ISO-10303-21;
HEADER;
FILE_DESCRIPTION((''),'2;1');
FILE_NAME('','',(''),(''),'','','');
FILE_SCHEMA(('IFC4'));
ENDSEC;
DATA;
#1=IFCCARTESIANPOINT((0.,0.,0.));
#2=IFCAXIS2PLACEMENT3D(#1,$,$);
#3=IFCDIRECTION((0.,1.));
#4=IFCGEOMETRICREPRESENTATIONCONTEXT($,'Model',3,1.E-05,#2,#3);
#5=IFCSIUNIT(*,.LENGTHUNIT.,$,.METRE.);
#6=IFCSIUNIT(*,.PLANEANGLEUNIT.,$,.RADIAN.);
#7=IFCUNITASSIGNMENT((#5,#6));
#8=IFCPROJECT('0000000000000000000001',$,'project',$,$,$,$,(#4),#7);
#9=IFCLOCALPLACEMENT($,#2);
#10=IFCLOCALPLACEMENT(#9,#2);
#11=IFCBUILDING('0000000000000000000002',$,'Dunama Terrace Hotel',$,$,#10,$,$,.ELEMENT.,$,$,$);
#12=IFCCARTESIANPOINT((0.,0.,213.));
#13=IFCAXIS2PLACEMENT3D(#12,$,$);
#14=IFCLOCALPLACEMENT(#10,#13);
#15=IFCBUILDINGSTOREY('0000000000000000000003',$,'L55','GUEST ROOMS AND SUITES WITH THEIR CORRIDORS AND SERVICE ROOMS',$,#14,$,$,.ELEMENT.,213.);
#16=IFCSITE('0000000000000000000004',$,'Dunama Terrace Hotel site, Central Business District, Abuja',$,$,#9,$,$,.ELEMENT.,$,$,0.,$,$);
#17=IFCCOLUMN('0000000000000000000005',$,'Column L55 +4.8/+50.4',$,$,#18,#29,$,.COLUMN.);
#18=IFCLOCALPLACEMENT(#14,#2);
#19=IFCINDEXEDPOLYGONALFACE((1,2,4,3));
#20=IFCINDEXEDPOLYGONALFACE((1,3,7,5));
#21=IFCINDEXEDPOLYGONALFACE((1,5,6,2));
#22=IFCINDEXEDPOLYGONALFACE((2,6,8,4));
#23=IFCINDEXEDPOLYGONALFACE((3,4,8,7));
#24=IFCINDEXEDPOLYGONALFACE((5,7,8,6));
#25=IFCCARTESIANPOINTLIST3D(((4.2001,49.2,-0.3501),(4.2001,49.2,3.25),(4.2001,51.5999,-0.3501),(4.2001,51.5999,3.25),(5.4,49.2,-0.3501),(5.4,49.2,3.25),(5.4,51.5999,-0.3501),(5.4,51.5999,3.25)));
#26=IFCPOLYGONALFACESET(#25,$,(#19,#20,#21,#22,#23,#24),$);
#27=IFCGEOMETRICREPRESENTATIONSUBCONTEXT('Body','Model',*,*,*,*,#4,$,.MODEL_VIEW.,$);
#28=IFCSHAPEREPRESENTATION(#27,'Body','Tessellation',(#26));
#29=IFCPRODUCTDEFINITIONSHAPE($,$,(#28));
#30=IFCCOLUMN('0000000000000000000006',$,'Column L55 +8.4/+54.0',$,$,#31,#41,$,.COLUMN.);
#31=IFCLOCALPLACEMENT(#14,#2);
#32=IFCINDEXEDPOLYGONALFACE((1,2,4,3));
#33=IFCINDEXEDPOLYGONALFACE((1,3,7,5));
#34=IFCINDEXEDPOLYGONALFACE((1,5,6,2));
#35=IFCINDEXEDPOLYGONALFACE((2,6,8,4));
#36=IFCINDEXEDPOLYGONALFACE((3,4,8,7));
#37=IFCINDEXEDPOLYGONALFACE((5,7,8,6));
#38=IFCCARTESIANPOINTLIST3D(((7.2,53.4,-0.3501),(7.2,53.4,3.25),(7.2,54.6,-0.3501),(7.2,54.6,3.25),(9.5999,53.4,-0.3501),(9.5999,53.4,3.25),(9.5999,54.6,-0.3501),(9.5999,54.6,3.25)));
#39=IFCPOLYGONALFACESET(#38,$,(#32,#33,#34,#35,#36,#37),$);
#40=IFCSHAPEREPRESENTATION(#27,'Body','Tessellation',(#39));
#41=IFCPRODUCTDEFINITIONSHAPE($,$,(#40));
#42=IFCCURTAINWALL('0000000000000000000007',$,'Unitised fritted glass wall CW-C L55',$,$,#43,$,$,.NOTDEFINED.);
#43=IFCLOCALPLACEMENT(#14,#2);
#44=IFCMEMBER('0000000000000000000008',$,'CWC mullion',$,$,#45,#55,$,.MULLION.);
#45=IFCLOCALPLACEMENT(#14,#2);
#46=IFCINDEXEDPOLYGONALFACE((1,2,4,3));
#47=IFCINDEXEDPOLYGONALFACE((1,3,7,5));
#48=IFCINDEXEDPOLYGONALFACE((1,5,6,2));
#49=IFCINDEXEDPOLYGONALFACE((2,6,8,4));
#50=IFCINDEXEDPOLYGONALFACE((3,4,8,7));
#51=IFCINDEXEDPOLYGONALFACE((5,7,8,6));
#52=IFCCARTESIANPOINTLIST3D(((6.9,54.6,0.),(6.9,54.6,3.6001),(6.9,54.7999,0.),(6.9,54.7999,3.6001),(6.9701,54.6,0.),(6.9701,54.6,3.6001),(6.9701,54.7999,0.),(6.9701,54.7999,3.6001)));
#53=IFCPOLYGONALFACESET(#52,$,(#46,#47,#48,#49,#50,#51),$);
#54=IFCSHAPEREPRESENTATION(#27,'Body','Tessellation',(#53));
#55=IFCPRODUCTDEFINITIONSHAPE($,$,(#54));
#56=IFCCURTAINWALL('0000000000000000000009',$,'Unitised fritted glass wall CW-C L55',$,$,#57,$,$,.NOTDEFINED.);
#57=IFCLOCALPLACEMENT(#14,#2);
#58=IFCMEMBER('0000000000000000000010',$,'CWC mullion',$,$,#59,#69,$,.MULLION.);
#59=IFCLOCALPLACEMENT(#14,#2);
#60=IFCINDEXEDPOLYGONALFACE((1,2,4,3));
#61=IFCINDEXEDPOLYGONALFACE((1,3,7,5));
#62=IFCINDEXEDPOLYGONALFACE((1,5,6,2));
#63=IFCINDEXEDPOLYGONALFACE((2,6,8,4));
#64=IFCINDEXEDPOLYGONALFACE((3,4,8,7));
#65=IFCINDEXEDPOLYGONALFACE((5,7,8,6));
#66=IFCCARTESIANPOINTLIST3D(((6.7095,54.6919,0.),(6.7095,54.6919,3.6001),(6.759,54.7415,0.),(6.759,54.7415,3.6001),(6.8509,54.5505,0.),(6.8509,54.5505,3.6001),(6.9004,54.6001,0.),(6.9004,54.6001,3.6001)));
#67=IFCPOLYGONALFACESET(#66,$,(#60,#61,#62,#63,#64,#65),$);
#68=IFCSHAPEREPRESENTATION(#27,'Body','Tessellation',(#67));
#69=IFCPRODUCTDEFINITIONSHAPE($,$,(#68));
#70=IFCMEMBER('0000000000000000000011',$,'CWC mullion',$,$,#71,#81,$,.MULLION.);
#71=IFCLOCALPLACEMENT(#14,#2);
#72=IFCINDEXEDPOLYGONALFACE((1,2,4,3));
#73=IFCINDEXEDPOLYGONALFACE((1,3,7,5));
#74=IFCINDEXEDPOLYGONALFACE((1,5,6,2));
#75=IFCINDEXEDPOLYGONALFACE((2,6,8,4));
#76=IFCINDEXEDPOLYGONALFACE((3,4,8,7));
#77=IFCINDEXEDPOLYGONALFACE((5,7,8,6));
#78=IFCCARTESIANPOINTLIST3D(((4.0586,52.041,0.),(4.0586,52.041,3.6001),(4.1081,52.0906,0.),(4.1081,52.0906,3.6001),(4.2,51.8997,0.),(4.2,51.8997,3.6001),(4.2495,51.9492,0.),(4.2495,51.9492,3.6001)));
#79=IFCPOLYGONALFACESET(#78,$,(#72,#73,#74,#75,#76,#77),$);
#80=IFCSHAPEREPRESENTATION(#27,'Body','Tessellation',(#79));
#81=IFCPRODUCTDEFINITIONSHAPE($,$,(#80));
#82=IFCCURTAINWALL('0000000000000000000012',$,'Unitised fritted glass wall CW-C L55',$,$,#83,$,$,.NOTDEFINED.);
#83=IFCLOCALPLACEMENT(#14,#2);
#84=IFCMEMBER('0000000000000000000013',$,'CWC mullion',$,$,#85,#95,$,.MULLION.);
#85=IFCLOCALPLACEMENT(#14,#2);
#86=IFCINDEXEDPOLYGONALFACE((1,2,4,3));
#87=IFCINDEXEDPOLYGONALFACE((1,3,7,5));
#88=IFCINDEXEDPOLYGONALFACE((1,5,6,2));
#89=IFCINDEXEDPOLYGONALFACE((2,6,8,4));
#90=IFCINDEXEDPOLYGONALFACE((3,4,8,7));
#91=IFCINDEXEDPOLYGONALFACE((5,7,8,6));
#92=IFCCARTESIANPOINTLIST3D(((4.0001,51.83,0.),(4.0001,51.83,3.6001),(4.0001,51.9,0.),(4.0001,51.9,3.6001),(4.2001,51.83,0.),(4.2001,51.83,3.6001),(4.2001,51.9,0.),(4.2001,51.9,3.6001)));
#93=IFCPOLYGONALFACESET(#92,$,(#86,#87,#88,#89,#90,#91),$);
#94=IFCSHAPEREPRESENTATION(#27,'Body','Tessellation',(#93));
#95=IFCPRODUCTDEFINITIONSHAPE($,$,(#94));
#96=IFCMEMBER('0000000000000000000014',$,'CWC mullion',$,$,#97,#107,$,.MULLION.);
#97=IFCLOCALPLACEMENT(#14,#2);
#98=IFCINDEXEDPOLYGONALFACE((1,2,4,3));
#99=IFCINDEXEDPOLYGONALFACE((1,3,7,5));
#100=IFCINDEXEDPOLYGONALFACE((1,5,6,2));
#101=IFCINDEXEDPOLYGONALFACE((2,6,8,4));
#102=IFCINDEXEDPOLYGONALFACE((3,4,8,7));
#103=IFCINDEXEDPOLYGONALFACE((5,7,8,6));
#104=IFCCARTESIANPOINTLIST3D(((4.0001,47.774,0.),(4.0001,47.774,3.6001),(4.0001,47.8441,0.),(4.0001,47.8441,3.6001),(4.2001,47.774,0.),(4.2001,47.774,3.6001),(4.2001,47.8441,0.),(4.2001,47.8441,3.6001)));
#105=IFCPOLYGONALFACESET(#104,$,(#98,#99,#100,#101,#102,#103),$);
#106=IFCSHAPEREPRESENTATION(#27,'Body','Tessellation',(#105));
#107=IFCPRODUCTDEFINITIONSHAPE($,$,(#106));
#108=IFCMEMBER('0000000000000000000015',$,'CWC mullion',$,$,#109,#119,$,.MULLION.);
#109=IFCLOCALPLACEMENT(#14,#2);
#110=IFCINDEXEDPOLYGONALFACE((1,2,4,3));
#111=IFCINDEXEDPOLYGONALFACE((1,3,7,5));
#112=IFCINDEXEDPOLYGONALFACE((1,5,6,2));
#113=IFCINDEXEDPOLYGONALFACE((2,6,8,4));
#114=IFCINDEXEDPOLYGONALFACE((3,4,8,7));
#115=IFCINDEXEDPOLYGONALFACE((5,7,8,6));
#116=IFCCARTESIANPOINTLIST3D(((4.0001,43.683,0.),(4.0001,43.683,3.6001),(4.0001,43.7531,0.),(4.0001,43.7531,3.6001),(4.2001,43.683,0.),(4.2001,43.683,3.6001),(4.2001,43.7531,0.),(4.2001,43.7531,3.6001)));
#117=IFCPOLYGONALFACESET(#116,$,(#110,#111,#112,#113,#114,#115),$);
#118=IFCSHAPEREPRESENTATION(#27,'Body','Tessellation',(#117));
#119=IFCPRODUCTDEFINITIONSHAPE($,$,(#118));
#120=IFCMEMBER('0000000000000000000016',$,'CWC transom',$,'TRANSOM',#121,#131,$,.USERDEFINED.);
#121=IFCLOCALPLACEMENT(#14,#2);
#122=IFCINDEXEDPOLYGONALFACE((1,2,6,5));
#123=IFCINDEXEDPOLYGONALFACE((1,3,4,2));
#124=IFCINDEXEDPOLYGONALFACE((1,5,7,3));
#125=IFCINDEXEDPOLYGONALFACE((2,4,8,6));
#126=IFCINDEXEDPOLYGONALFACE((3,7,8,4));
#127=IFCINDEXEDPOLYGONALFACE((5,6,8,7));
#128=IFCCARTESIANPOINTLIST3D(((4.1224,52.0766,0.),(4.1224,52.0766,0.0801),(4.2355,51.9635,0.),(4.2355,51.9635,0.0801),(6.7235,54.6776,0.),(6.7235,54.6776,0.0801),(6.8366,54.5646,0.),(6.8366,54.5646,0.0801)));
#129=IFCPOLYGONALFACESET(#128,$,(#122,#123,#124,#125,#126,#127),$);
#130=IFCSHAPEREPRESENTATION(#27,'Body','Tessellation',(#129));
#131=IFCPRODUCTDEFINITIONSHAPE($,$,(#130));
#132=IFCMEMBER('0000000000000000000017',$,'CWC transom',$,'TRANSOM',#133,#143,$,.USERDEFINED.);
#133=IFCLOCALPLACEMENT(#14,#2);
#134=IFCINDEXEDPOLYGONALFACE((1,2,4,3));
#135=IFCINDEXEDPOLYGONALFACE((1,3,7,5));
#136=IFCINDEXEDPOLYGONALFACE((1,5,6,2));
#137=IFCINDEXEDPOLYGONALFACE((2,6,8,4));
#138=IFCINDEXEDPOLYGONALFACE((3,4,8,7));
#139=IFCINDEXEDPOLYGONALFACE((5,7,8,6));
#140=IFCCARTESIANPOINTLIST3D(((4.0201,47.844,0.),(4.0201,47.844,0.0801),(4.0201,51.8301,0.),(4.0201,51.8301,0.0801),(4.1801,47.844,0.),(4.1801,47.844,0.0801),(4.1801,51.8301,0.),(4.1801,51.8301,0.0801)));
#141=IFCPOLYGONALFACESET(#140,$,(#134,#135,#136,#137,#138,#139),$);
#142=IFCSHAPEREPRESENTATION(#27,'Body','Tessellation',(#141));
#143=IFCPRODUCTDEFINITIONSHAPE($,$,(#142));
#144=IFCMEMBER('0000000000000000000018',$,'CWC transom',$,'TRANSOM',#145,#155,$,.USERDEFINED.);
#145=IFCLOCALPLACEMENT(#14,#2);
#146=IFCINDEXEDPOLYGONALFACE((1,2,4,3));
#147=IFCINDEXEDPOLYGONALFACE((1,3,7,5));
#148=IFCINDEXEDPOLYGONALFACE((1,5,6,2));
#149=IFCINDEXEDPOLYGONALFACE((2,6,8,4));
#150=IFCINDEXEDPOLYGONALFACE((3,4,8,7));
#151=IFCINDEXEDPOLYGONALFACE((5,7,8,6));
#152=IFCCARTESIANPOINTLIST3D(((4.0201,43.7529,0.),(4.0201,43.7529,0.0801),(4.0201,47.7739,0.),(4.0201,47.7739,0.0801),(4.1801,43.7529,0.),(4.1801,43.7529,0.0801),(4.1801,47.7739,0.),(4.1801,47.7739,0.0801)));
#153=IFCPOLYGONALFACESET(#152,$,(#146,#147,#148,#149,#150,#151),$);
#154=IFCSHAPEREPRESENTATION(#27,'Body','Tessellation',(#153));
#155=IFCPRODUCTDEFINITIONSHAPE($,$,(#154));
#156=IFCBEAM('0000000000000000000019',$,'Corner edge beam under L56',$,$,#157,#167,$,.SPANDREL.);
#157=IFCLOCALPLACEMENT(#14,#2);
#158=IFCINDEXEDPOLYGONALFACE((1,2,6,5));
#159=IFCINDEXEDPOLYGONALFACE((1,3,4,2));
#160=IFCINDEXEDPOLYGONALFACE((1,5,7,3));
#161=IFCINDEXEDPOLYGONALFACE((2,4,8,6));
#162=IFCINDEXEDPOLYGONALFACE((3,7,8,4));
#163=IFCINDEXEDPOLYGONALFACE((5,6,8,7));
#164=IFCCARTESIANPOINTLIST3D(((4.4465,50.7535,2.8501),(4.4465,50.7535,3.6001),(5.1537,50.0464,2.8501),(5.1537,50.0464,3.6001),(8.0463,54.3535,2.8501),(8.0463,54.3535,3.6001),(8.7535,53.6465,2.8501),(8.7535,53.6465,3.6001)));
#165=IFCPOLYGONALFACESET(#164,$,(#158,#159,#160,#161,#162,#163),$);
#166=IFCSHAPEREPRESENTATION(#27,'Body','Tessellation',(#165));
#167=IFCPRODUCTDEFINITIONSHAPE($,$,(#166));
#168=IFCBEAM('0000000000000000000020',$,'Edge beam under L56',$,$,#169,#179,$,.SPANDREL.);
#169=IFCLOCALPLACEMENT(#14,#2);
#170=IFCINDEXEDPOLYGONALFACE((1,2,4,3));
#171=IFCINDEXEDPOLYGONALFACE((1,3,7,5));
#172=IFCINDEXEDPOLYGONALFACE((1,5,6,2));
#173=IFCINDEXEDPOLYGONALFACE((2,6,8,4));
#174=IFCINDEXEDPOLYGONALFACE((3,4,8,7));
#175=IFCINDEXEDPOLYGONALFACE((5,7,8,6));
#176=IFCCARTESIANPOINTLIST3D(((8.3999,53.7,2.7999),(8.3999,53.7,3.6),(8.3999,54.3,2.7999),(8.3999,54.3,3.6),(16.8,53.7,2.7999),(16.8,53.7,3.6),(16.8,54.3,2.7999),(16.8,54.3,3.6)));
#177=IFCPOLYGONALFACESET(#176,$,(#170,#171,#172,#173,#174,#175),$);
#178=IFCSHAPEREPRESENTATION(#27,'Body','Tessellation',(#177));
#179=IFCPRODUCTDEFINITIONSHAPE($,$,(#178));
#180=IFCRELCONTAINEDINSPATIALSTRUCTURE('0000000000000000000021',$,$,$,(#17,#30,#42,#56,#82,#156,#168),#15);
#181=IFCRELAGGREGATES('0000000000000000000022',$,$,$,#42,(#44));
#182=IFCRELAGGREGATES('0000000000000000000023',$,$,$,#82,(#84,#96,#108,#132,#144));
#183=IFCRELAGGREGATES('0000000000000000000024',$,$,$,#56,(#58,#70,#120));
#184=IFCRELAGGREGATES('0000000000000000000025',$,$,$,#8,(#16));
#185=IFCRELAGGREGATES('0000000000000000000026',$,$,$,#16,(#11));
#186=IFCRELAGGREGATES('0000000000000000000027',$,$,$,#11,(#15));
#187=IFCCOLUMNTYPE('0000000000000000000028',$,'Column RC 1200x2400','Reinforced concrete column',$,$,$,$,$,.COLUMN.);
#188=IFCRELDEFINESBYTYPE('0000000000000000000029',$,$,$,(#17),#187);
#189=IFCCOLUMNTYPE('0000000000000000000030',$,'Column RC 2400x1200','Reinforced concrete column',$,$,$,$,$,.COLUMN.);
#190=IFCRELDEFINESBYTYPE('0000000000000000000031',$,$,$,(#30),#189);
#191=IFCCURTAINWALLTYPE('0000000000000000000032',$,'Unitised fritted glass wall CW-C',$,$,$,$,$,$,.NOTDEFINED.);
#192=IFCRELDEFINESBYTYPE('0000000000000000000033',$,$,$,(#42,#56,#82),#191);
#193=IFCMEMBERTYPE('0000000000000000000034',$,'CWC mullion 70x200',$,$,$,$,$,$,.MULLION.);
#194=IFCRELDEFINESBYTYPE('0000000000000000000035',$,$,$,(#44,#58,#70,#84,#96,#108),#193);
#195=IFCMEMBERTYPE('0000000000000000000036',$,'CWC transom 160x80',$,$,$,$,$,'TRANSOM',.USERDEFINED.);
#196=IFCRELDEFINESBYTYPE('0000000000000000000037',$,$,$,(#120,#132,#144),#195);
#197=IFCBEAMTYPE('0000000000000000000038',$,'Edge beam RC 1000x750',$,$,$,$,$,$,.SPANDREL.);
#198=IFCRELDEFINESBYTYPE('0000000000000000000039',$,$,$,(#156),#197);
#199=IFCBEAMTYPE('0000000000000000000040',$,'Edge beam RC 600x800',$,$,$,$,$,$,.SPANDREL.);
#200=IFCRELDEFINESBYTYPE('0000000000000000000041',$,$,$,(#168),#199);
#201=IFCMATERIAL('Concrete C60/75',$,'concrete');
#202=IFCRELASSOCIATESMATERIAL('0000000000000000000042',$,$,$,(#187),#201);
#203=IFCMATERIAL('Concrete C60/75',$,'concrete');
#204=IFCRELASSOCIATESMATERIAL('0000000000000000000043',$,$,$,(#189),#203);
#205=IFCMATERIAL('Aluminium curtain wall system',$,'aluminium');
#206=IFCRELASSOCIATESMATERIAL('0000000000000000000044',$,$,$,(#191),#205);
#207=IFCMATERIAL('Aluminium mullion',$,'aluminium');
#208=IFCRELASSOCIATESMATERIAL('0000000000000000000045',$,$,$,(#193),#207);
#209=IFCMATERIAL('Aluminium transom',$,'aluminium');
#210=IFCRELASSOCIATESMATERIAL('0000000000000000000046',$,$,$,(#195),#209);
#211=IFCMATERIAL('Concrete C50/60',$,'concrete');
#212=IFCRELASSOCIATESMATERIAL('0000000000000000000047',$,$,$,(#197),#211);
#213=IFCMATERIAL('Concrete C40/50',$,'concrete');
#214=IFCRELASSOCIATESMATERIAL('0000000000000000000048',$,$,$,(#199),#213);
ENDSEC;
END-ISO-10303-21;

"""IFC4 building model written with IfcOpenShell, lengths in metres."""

from ifc_helpers import new_model, si_unit, direction, frame, origin, origin_2d, place, context, subcontext, project, spatial, rectangle, extrude, material, material_profile, profile_set, type_object, element, aggregate, save


model = new_model("IFC4")

# Units and contexts
model_context = context("Model", 3, precision=1e-05, world=origin(), true_north=direction((0.0, 1.0)))
body_context = subcontext(model_context, "Body", "Model", "MODEL_VIEW")
ifc_project = project(units=[si_unit("LENGTHUNIT", "METRE"), si_unit("PLANEANGLEUNIT", "RADIAN")], contexts=[model_context])

# Site, building, storey
site_placement = place(None, origin())
site = spatial("IfcSite", under=ifc_project, at=site_placement, Name="Dunama Terrace Hotel site, Central Business District, Abuja", CompositionType="ELEMENT", RefElevation=0.0)
building_placement = place(site_placement, origin())
building = spatial("IfcBuilding", under=site, at=building_placement, Name="Dunama Terrace Hotel", CompositionType="ELEMENT")
storey_placement = place(building_placement, frame((0.0, 0.0, 213.0)))
storey = spatial("IfcBuildingStorey", under=building, at=storey_placement, Name="L55", Description="GUEST ROOMS AND SUITES WITH THEIR CORRIDORS AND SERVICE ROOMS", CompositionType="ELEMENT", Elevation=213.0)

# Columns
ifc_material_1 = material(Name="Concrete C60/75", Category="concrete")
ifc_material_profile_1 = material_profile(ifc_material_1, rectangle(XDim=1.2, YDim=2.3999, at=origin_2d()), Name="RC 1200x2400")
ifc_profile_set_1 = profile_set([ifc_material_profile_1], Name="Concrete C60/75")
column_type_1 = type_object("IfcColumnType", Name="Column RC 1200x2400", Description="Reinforced concrete column", PredefinedType="COLUMN", material=ifc_profile_set_1)
column_1_placement = place(storey_placement, frame((4.8, 50.3999, -0.3501), z_axis=(0.0, 0.0, 1.0), x_axis=(1.0, 0.0, 0.0)))
element("IfcColumn", 1, at=column_1_placement, inside=storey, type_object=column_type_1, Name="Column L55 +4.8/+50.4", PredefinedType="COLUMN", context=body_context, shape_type="SweptSolid", body=[
    extrude(rectangle(XDim=1.2, YDim=2.3999, at=origin_2d()), origin(), (0.0, 0.0, 1.0), 3.6001),
])
ifc_material_2 = material(Name="Concrete C60/75", Category="concrete")
ifc_material_profile_2 = material_profile(ifc_material_2, rectangle(XDim=2.3999, YDim=1.2, at=origin_2d()), Name="RC 2400x1200")
ifc_profile_set_2 = profile_set([ifc_material_profile_2], Name="Concrete C60/75")
column_type_2 = type_object("IfcColumnType", Name="Column RC 2400x1200", Description="Reinforced concrete column", PredefinedType="COLUMN", material=ifc_profile_set_2)
column_2_placement = place(storey_placement, frame((8.3999, 54.0, -0.3501), z_axis=(0.0, 0.0, 1.0), x_axis=(1.0, 0.0, 0.0)))
element("IfcColumn", 2, at=column_2_placement, inside=storey, type_object=column_type_2, Name="Column L55 +8.4/+54.0", PredefinedType="COLUMN", context=body_context, shape_type="SweptSolid", body=[
    extrude(rectangle(XDim=2.3999, YDim=1.2, at=origin_2d()), origin(), (0.0, 0.0, 1.0), 3.6001),
])

# Curtain wall, member
ifc_material_3 = material(Name="Aluminium curtain wall system", Category="aluminium")
curtain_wall_type = type_object("IfcCurtainWallType", Name="Unitised fritted glass wall CW-C", PredefinedType="NOTDEFINED", material=ifc_material_3)
curtain_wall_1_placement = place(storey_placement, origin())
curtain_wall_1 = element("IfcCurtainWall", 3, at=curtain_wall_1_placement, inside=storey, type_object=curtain_wall_type, Name="Unitised fritted glass wall CW-C L55", PredefinedType="NOTDEFINED")
ifc_material_4 = material(Name="Aluminium mullion", Category="aluminium")
ifc_material_profile_3 = material_profile(ifc_material_4, rectangle(XDim=0.0701, YDim=0.2, at=origin_2d()), Name="CWC MULLION 70X200")
ifc_profile_set_3 = profile_set([ifc_material_profile_3], Name="Aluminium mullion")
member_type_1 = type_object("IfcMemberType", Name="CWC mullion 70x200", PredefinedType="MULLION", material=ifc_profile_set_3)
member_1_placement = place(storey_placement, frame((6.9351, 54.7, 0.0), z_axis=(0.0, 0.0, 1.0), x_axis=(-1.0, 0.0, 0.0)))
member_1 = element("IfcMember", 4, at=member_1_placement, type_object=member_type_1, Name="CWC mullion", PredefinedType="MULLION", context=body_context, shape_type="SweptSolid", body=[
    extrude(rectangle(XDim=0.0701, YDim=0.2, at=origin_2d()), origin(), (0.0, 0.0, 1.0), 3.6001),
])

# Curtain walls, members
curtain_wall_2_placement = place(storey_placement, origin())
curtain_wall_2 = element("IfcCurtainWall", 5, at=curtain_wall_2_placement, inside=storey, type_object=curtain_wall_type, Name="Unitised fritted glass wall CW-C L55", PredefinedType="NOTDEFINED")
member_2_placement = place(storey_placement, frame((6.8049, 54.646, 0.0), z_axis=(0.0, 0.0, 1.0), x_axis=(-0.707107, -0.707107, 0.0)))
member_2 = element("IfcMember", 6, at=member_2_placement, type_object=member_type_1, Name="CWC mullion", PredefinedType="MULLION", context=body_context, shape_type="SweptSolid", body=[
    extrude(rectangle(XDim=0.0701, YDim=0.2, at=origin_2d()), origin(), (0.0, 0.0, 1.0), 3.6001),
])
member_3_placement = place(storey_placement, frame((4.1541, 51.9951, 0.0), z_axis=(0.0, 0.0, 1.0), x_axis=(-0.707107, -0.707107, 0.0)))
member_3 = element("IfcMember", 7, at=member_3_placement, type_object=member_type_1, Name="CWC mullion", PredefinedType="MULLION", context=body_context, shape_type="SweptSolid", body=[
    extrude(rectangle(XDim=0.0701, YDim=0.2, at=origin_2d()), origin(), (0.0, 0.0, 1.0), 3.6001),
])
curtain_wall_3_placement = place(storey_placement, origin())
curtain_wall_3 = element("IfcCurtainWall", 8, at=curtain_wall_3_placement, inside=storey, type_object=curtain_wall_type, Name="Unitised fritted glass wall CW-C L55", PredefinedType="NOTDEFINED")
member_4_placement = place(storey_placement, frame((4.1001, 51.865, 0.0), z_axis=(0.0, 0.0, 1.0), x_axis=(0.0, -1.0, 0.0)))
member_4 = element("IfcMember", 9, at=member_4_placement, type_object=member_type_1, Name="CWC mullion", PredefinedType="MULLION", context=body_context, shape_type="SweptSolid", body=[
    extrude(rectangle(XDim=0.0701, YDim=0.2, at=origin_2d()), origin(), (0.0, 0.0, 1.0), 3.6001),
])
member_5_placement = place(storey_placement, frame((4.1001, 47.8091, 0.0), z_axis=(0.0, 0.0, 1.0), x_axis=(0.0, -1.0, 0.0)))
member_5 = element("IfcMember", 10, at=member_5_placement, type_object=member_type_1, Name="CWC mullion", PredefinedType="MULLION", context=body_context, shape_type="SweptSolid", body=[
    extrude(rectangle(XDim=0.0701, YDim=0.2, at=origin_2d()), origin(), (0.0, 0.0, 1.0), 3.6001),
])
member_6_placement = place(storey_placement, frame((4.1001, 43.718, 0.0), z_axis=(0.0, 0.0, 1.0), x_axis=(0.0, -1.0, 0.0)))
member_6 = element("IfcMember", 11, at=member_6_placement, type_object=member_type_1, Name="CWC mullion", PredefinedType="MULLION", context=body_context, shape_type="SweptSolid", body=[
    extrude(rectangle(XDim=0.0701, YDim=0.2, at=origin_2d()), origin(), (0.0, 0.0, 1.0), 3.6001),
])

# Members
ifc_material_5 = material(Name="Aluminium transom", Category="aluminium")
ifc_material_profile_4 = material_profile(ifc_material_5, rectangle(XDim=0.1599, YDim=0.0801, at=origin_2d()), Name="CWC TRANSOM 160X80")
ifc_profile_set_4 = profile_set([ifc_material_profile_4], Name="Aluminium transom")
member_type_2 = type_object("IfcMemberType", Name="CWC transom 160x80", ElementType="TRANSOM", PredefinedType="USERDEFINED", material=ifc_profile_set_4)
member_7_placement = place(storey_placement, frame((6.78, 54.6211, 0.04), z_axis=(-0.707107, -0.707107, 0.0), x_axis=(0.707107, -0.707107, 0.0)))
member_7 = element("IfcMember", 12, at=member_7_placement, type_object=member_type_2, Name="CWC transom", ObjectType="TRANSOM", PredefinedType="USERDEFINED", context=body_context, shape_type="SweptSolid", body=[
    extrude(rectangle(XDim=0.1599, YDim=0.0801, at=origin_2d()), origin(), (0.0, 0.0, 1.0), 3.6785),
])
member_8_placement = place(storey_placement, frame((4.1001, 51.8301, 0.04), z_axis=(0.0, -1.0, 0.0), x_axis=(1.0, 0.0, 0.0)))
member_8 = element("IfcMember", 13, at=member_8_placement, type_object=member_type_2, Name="CWC transom", ObjectType="TRANSOM", PredefinedType="USERDEFINED", context=body_context, shape_type="SweptSolid", body=[
    extrude(rectangle(XDim=0.1599, YDim=0.0801, at=origin_2d()), origin(), (0.0, 0.0, 1.0), 3.9861),
])
member_9_placement = place(storey_placement, frame((4.1001, 47.7739, 0.04), z_axis=(0.0, -1.0, 0.0), x_axis=(1.0, 0.0, 0.0)))
member_9 = element("IfcMember", 14, at=member_9_placement, type_object=member_type_2, Name="CWC transom", ObjectType="TRANSOM", PredefinedType="USERDEFINED", context=body_context, shape_type="SweptSolid", body=[
    extrude(rectangle(XDim=0.1599, YDim=0.0801, at=origin_2d()), origin(), (0.0, 0.0, 1.0), 4.021),
])

# Beams
ifc_material_6 = material(Name="Concrete C50/60", Category="concrete")
ifc_material_profile_5 = material_profile(ifc_material_6, rectangle(XDim=1.0, YDim=0.75, at=origin_2d()), Name="RC 1000x750")
ifc_profile_set_5 = profile_set([ifc_material_profile_5], Name="Concrete C50/60")
beam_type_1 = type_object("IfcBeamType", Name="Edge beam RC 1000x750", PredefinedType="SPANDREL", material=ifc_profile_set_5)
beam_1_placement = place(storey_placement, frame((8.3999, 54.0, 3.2251), z_axis=(-0.707083, -0.707131, 0.0), x_axis=(0.707131, -0.707083, 0.0)))
element("IfcBeam", 15, at=beam_1_placement, inside=storey, type_object=beam_type_1, Name="Corner edge beam under L56", PredefinedType="SPANDREL", context=body_context, shape_type="SweptSolid", body=[
    extrude(rectangle(XDim=1.0, YDim=0.75, at=origin_2d()), origin(), (0.0, 0.0, 1.0), 5.0911),
])
ifc_material_7 = material(Name="Concrete C40/50", Category="concrete")
ifc_material_profile_6 = material_profile(ifc_material_7, rectangle(XDim=0.6001, YDim=0.8, at=origin_2d()), Name="RC 600x800")
ifc_profile_set_6 = profile_set([ifc_material_profile_6], Name="Concrete C40/50")
beam_type_2 = type_object("IfcBeamType", Name="Edge beam RC 600x800", PredefinedType="SPANDREL", material=ifc_profile_set_6)
beam_2_placement = place(storey_placement, frame((8.3999, 54.0, 3.2), z_axis=(1.0, 0.0, 0.0), x_axis=(0.0, 1.0, 0.0)))
element("IfcBeam", 16, at=beam_2_placement, inside=storey, type_object=beam_type_2, Name="Edge beam under L56", PredefinedType="SPANDREL", context=body_context, shape_type="SweptSolid", body=[
    extrude(rectangle(XDim=0.6001, YDim=0.8, at=origin_2d()), origin(), (0.0, 0.0, 1.0), 8.4001),
])

aggregate(curtain_wall_1, [member_1])
aggregate(curtain_wall_3, [member_4, member_5, member_6, member_8, member_9])
aggregate(curtain_wall_2, [member_2, member_3, member_7])

save(model, "model.ifc")
